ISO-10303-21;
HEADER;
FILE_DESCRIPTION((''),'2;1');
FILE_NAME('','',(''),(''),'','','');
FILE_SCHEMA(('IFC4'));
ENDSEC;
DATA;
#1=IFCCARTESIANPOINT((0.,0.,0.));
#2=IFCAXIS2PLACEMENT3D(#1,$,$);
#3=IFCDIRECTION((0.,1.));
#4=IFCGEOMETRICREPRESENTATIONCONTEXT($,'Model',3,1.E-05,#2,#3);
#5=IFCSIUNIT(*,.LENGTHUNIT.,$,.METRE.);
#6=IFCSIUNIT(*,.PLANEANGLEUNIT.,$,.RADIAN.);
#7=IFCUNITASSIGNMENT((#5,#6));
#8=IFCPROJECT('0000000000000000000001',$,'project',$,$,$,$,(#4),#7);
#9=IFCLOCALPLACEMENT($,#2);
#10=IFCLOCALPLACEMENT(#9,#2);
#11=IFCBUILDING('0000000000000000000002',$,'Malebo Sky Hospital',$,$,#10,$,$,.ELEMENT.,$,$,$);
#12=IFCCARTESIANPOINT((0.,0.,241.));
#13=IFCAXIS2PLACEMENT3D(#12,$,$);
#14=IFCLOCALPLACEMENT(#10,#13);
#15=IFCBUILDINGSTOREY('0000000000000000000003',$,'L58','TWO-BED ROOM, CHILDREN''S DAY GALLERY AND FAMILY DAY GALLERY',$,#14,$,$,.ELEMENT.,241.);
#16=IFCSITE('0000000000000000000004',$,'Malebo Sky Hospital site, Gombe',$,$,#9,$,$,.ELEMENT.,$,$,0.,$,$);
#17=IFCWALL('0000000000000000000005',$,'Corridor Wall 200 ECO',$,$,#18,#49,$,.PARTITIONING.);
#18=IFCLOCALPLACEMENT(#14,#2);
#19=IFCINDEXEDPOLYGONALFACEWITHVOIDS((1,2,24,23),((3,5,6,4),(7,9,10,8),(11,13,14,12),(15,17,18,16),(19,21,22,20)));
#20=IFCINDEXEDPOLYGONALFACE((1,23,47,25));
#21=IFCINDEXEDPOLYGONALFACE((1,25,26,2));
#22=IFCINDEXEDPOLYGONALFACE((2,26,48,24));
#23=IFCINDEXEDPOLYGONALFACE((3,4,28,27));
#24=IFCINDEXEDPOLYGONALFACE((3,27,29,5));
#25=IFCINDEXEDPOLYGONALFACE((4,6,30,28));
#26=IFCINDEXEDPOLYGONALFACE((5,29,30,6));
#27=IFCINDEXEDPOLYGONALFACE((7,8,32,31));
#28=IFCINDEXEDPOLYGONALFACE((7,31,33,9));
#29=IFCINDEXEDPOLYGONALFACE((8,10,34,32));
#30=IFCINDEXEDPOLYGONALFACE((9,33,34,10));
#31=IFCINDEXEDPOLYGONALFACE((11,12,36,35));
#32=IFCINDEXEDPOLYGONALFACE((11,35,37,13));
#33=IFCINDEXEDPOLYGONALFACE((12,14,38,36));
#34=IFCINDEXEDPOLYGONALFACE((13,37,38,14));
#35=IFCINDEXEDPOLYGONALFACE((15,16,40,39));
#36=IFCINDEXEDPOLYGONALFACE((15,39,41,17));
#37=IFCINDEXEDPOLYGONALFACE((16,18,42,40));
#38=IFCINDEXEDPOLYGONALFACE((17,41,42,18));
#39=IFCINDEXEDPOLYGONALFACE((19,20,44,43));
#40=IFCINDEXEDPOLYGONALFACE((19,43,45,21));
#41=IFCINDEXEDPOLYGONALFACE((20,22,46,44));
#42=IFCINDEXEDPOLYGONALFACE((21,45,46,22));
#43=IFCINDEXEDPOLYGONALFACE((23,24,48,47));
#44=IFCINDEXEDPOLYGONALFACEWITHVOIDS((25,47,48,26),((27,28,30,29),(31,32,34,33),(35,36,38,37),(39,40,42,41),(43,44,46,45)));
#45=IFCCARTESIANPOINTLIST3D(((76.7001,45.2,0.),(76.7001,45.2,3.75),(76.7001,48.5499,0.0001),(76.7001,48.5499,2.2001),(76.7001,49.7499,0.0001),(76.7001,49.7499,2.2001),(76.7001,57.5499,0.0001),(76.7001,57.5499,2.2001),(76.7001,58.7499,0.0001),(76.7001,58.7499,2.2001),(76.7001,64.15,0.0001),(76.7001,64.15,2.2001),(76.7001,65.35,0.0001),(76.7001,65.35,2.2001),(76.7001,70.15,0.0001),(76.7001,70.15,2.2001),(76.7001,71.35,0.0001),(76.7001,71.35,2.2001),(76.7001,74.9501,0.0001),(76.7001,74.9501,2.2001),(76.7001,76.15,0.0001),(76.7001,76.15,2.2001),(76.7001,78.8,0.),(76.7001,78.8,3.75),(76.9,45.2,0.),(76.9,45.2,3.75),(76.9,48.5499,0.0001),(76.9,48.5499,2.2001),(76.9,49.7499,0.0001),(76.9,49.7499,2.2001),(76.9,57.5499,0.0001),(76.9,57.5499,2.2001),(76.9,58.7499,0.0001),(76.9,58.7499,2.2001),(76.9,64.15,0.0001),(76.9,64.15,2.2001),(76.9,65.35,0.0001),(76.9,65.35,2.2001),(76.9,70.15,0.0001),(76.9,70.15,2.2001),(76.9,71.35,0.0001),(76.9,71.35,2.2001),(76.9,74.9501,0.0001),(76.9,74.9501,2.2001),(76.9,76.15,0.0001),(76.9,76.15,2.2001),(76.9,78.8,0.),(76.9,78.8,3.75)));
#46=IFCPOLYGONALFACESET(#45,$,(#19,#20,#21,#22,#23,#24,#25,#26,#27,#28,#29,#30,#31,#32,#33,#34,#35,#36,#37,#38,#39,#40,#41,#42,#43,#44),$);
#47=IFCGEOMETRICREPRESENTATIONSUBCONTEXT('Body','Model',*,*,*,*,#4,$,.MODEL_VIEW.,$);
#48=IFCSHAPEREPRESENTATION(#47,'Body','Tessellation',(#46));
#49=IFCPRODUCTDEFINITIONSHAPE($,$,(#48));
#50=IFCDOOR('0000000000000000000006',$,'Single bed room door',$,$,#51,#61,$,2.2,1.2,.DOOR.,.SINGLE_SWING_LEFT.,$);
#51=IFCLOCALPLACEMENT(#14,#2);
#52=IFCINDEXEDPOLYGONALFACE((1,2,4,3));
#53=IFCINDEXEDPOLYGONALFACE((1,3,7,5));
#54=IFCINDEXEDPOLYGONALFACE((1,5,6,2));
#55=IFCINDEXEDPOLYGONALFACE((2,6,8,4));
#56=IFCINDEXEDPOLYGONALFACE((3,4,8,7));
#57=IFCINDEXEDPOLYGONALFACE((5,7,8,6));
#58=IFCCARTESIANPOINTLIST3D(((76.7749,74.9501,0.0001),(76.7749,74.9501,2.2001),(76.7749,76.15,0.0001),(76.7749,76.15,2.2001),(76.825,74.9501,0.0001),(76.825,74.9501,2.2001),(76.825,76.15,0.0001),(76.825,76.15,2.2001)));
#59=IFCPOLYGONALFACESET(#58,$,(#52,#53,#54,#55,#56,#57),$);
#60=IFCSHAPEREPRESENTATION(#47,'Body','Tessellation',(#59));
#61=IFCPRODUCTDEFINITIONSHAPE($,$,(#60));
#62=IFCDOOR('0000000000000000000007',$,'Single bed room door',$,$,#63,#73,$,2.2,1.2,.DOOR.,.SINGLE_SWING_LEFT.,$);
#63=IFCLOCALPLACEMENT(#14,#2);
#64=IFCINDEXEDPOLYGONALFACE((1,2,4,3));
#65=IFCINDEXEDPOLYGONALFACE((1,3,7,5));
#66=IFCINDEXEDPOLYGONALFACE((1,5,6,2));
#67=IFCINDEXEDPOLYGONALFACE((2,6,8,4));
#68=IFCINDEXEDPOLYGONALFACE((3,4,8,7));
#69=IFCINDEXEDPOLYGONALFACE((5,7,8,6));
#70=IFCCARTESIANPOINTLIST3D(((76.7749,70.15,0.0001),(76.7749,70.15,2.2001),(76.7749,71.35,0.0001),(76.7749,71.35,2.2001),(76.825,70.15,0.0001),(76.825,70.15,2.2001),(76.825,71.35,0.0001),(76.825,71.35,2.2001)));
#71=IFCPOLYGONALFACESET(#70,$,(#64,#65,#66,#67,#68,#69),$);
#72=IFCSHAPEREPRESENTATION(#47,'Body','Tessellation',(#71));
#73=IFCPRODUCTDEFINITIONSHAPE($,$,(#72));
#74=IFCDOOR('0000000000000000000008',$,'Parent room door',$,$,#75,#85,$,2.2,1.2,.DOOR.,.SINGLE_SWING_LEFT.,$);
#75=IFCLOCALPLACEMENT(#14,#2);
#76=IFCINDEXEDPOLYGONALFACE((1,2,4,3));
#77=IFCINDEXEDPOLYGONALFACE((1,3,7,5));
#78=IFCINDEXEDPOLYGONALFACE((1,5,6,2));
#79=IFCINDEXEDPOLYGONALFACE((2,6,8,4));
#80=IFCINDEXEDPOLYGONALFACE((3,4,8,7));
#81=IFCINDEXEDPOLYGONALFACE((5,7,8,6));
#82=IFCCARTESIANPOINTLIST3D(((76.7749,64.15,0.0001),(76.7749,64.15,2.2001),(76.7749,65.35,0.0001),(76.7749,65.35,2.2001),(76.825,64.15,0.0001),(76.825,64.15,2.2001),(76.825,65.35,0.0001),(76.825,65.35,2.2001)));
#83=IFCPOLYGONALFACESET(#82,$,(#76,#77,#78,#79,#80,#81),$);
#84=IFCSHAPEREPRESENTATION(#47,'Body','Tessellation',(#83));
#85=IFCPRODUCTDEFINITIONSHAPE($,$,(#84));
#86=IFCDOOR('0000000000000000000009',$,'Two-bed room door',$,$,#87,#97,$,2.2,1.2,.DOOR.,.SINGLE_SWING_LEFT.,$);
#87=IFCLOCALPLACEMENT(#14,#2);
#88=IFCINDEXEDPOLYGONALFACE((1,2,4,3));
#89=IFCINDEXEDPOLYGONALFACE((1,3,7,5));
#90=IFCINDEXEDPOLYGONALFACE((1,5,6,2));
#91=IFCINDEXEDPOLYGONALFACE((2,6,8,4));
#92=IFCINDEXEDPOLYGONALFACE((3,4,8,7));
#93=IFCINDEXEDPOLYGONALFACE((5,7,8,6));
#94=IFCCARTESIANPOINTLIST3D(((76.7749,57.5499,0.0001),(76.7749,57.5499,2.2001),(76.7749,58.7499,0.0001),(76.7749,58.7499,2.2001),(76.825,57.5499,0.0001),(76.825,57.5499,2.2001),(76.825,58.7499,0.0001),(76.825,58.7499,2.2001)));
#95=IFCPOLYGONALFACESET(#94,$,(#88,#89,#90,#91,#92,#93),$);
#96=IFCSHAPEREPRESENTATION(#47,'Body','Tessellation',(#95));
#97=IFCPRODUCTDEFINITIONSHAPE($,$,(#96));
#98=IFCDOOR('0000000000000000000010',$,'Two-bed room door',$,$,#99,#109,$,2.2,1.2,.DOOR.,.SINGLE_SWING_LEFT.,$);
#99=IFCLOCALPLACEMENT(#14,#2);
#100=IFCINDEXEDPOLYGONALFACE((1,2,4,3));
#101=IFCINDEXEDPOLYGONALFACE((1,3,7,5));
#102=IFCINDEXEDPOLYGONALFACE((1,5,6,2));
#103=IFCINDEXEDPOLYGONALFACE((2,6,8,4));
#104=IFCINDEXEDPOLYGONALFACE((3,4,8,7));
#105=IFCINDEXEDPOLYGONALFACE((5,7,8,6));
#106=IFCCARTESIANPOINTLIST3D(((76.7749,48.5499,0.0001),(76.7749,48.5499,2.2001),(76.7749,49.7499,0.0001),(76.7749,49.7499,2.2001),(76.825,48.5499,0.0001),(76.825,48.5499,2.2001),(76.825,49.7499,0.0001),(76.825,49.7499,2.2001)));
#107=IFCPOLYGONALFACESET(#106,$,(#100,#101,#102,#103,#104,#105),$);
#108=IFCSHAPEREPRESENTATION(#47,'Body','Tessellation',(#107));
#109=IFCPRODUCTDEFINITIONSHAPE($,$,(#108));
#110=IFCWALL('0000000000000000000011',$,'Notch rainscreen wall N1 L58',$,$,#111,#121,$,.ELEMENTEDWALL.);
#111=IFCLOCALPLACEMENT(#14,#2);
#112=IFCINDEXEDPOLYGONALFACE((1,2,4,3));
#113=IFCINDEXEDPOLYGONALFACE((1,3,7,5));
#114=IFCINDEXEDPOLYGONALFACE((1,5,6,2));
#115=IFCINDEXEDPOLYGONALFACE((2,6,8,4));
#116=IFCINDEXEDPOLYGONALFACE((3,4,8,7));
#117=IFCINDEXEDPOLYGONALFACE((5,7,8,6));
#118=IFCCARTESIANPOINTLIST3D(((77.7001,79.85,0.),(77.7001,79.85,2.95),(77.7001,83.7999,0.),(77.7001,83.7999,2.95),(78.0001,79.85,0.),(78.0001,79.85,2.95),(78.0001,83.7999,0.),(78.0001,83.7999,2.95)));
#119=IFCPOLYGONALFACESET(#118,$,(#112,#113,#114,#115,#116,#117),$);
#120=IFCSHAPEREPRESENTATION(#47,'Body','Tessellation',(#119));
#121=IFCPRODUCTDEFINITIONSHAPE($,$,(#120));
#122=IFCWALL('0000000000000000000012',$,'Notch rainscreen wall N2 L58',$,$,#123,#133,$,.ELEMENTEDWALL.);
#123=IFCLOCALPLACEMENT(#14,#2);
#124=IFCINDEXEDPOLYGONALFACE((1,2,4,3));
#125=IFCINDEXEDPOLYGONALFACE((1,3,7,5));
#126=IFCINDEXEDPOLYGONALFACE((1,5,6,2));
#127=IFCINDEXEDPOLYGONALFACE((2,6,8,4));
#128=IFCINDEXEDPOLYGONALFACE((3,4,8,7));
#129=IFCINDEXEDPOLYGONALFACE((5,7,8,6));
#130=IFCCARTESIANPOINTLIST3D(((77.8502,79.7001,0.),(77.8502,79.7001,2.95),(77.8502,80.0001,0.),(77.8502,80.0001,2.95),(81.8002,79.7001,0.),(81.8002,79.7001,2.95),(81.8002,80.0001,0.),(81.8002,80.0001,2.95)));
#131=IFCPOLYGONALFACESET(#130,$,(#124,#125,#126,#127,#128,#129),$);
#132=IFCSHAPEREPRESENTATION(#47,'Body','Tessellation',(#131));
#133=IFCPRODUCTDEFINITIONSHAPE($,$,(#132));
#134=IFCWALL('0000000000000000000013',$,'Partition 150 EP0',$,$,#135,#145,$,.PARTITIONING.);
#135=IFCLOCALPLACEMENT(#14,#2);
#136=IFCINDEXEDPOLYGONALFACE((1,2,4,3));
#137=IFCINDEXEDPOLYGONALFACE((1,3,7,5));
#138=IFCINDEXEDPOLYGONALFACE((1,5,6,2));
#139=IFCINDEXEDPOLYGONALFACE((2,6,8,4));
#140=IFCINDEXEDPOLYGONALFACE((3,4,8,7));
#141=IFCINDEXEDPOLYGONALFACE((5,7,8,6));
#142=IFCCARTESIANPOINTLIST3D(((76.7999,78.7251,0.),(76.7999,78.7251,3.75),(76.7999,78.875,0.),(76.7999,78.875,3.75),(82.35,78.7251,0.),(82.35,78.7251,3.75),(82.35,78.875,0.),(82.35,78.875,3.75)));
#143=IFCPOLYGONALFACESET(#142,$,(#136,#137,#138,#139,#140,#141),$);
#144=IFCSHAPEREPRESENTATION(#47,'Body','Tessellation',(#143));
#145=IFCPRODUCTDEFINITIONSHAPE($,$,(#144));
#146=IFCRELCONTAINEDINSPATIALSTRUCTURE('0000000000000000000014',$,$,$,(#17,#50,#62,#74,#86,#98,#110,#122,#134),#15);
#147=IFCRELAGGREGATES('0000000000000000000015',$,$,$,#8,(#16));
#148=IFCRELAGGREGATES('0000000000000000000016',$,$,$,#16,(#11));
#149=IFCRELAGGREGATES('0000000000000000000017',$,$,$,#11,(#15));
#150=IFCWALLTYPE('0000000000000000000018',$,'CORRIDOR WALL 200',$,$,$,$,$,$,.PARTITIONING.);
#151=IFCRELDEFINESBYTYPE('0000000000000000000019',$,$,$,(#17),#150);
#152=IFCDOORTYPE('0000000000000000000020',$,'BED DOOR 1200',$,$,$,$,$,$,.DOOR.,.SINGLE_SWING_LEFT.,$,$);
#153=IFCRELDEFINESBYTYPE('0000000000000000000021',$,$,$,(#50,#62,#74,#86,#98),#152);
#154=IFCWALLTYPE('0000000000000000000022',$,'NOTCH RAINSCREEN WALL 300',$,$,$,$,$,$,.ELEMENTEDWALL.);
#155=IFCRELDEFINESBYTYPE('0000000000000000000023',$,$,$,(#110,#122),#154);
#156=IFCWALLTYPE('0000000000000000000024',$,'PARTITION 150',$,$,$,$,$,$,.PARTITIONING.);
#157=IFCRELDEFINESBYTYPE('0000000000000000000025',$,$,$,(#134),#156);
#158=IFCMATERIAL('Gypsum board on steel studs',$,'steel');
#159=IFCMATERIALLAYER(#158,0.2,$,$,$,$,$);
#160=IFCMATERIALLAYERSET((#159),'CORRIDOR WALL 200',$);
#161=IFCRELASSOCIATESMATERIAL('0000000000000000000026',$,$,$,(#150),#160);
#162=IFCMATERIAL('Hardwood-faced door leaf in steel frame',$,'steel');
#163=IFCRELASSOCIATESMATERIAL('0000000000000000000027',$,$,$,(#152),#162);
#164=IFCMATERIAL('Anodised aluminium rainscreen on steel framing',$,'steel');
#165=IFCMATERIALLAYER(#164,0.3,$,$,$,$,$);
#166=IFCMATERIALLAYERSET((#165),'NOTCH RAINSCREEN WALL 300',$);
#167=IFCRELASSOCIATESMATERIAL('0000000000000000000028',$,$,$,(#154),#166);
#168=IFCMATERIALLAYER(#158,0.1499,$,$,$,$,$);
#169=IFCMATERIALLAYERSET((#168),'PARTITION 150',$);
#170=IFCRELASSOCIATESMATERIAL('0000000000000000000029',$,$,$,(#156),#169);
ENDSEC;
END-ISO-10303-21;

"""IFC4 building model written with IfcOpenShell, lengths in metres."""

from ifc_helpers import new_model, si_unit, direction, frame, frame_2d, origin, place, context, subcontext, project, spatial, rectangle, extrude, material, layer, layer_set, type_object, element, fill, save


model = new_model("IFC4")

# Units and contexts
model_context = context("Model", 3, precision=1e-05, world=origin(), true_north=direction((0.0, 1.0)))
body_context = subcontext(model_context, "Body", "Model", "MODEL_VIEW")
ifc_project = project(units=[si_unit("LENGTHUNIT", "METRE"), si_unit("PLANEANGLEUNIT", "RADIAN")], contexts=[model_context])

# Site, building, storey
site_placement = place(None, origin())
site = spatial("IfcSite", under=ifc_project, at=site_placement, Name="Malebo Sky Hospital site, Gombe", CompositionType="ELEMENT", RefElevation=0.0)
building_placement = place(site_placement, origin())
building = spatial("IfcBuilding", under=site, at=building_placement, Name="Malebo Sky Hospital", CompositionType="ELEMENT")
storey_placement = place(building_placement, frame((0.0, 0.0, 241.0)))
storey = spatial("IfcBuildingStorey", under=building, at=storey_placement, Name="L58", Description="TWO-BED ROOM, CHILDREN'S DAY GALLERY AND FAMILY DAY GALLERY", CompositionType="ELEMENT", Elevation=241.0)

# Wall, openings, doors
ifc_material_1 = material(Name="Gypsum board on steel studs", Category="steel")
ifc_layer_1 = layer(ifc_material_1, 0.2)
ifc_layer_set_1 = layer_set([ifc_layer_1], Name="CORRIDOR WALL 200")
wall_type_1 = type_object("IfcWallType", Name="CORRIDOR WALL 200", PredefinedType="PARTITIONING", material=ifc_layer_set_1)
wall_1_placement = place(storey_placement, frame((76.8, 78.8, 0.0), z_axis=(0.0, 0.0, 1.0), x_axis=(0.0, -1.0, 0.0)))
wall_1 = element("IfcWall", 1, at=wall_1_placement, inside=storey, type_object=wall_type_1, Name="Corridor Wall 200 ECO", PredefinedType="PARTITIONING", context=body_context, shape_type="SweptSolid", body=[
    extrude(rectangle(XDim=33.6001, YDim=0.2, at=frame_2d((16.8, 0.0))), origin(), (0.0, 0.0, 1.0), 3.75),
])
opening_1_placement = place(wall_1_placement, frame((2.6499, 0.0, 0.0)))
opening_1 = element("IfcOpeningElement", 2, at=opening_1_placement, cuts=wall_1, PredefinedType="OPENING", context=body_context, shape_type="SweptSolid", body=[
    extrude(rectangle(XDim=1.2, YDim=2.2, at=frame_2d((0.6001, 1.1001))), frame((0.0, 0.1099, 0.0), z_axis=(0.0, -1.0, 0.0), x_axis=(1.0, 0.0, 0.0)), (0.0, 0.0, 1.0), 0.22),
])
opening_2_placement = place(wall_1_placement, frame((7.45, 0.0, 0.0)))
opening_2 = element("IfcOpeningElement", 3, at=opening_2_placement, cuts=wall_1, PredefinedType="OPENING", context=body_context, shape_type="SweptSolid", body=[
    extrude(rectangle(XDim=1.2, YDim=2.2, at=frame_2d((0.6001, 1.1001))), frame((0.0, 0.1099, 0.0), z_axis=(0.0, -1.0, 0.0), x_axis=(1.0, 0.0, 0.0)), (0.0, 0.0, 1.0), 0.22),
])
opening_3_placement = place(wall_1_placement, frame((13.45, 0.0, 0.0)))
opening_3 = element("IfcOpeningElement", 4, at=opening_3_placement, cuts=wall_1, PredefinedType="OPENING", context=body_context, shape_type="SweptSolid", body=[
    extrude(rectangle(XDim=1.2, YDim=2.2, at=frame_2d((0.6001, 1.1001))), frame((0.0, 0.1099, 0.0), z_axis=(0.0, -1.0, 0.0), x_axis=(1.0, 0.0, 0.0)), (0.0, 0.0, 1.0), 0.22),
])
opening_4_placement = place(wall_1_placement, frame((20.05, 0.0, 0.0)))
opening_4 = element("IfcOpeningElement", 5, at=opening_4_placement, cuts=wall_1, PredefinedType="OPENING", context=body_context, shape_type="SweptSolid", body=[
    extrude(rectangle(XDim=1.2, YDim=2.2, at=frame_2d((0.6001, 1.1001))), frame((0.0, 0.1099, 0.0), z_axis=(0.0, -1.0, 0.0), x_axis=(1.0, 0.0, 0.0)), (0.0, 0.0, 1.0), 0.22),
])
opening_5_placement = place(wall_1_placement, frame((29.05, 0.0, 0.0)))
opening_5 = element("IfcOpeningElement", 6, at=opening_5_placement, cuts=wall_1, PredefinedType="OPENING", context=body_context, shape_type="SweptSolid", body=[
    extrude(rectangle(XDim=1.2, YDim=2.2, at=frame_2d((0.6001, 1.1001))), frame((0.0, 0.1099, 0.0), z_axis=(0.0, -1.0, 0.0), x_axis=(1.0, 0.0, 0.0)), (0.0, 0.0, 1.0), 0.22),
])
ifc_material_2 = material(Name="Hardwood-faced door leaf in steel frame", Category="steel")
door_type_1 = type_object("IfcDoorType", Name="BED DOOR 1200", OperationType="SINGLE_SWING_LEFT", PredefinedType="DOOR", material=ifc_material_2)
door_1_placement = place(opening_1_placement, origin())
door_1 = element("IfcDoor", 7, at=door_1_placement, inside=storey, type_object=door_type_1, Name="Single bed room door", OperationType="SINGLE_SWING_LEFT", OverallHeight=2.2, OverallWidth=1.2, PredefinedType="DOOR", context=body_context, shape_type="SweptSolid", body=[
    extrude(rectangle(XDim=1.2, YDim=2.2, at=frame_2d((0.6001, 1.1001))), frame((0.0, 0.0249, 0.0), z_axis=(0.0, -1.0, 0.0), x_axis=(1.0, 0.0, 0.0)), (0.0, 0.0, 1.0), 0.05),
])
fill(opening_1, door_1)
door_2_placement = place(opening_2_placement, origin())
door_2 = element("IfcDoor", 8, at=door_2_placement, inside=storey, type_object=door_type_1, Name="Single bed room door", OperationType="SINGLE_SWING_LEFT", OverallHeight=2.2, OverallWidth=1.2, PredefinedType="DOOR", context=body_context, shape_type="SweptSolid", body=[
    extrude(rectangle(XDim=1.2, YDim=2.2, at=frame_2d((0.6001, 1.1001))), frame((0.0, 0.0249, 0.0), z_axis=(0.0, -1.0, 0.0), x_axis=(1.0, 0.0, 0.0)), (0.0, 0.0, 1.0), 0.05),
])
fill(opening_2, door_2)
door_3_placement = place(opening_3_placement, origin())
door_3 = element("IfcDoor", 9, at=door_3_placement, inside=storey, type_object=door_type_1, Name="Parent room door", OperationType="SINGLE_SWING_LEFT", OverallHeight=2.2, OverallWidth=1.2, PredefinedType="DOOR", context=body_context, shape_type="SweptSolid", body=[
    extrude(rectangle(XDim=1.2, YDim=2.2, at=frame_2d((0.6001, 1.1001))), frame((0.0, 0.0249, 0.0), z_axis=(0.0, -1.0, 0.0), x_axis=(1.0, 0.0, 0.0)), (0.0, 0.0, 1.0), 0.05),
])
fill(opening_3, door_3)
door_4_placement = place(opening_4_placement, origin())
door_4 = element("IfcDoor", 10, at=door_4_placement, inside=storey, type_object=door_type_1, Name="Two-bed room door", OperationType="SINGLE_SWING_LEFT", OverallHeight=2.2, OverallWidth=1.2, PredefinedType="DOOR", context=body_context, shape_type="SweptSolid", body=[
    extrude(rectangle(XDim=1.2, YDim=2.2, at=frame_2d((0.6001, 1.1001))), frame((0.0, 0.0249, 0.0), z_axis=(0.0, -1.0, 0.0), x_axis=(1.0, 0.0, 0.0)), (0.0, 0.0, 1.0), 0.05),
])
fill(opening_4, door_4)
door_5_placement = place(opening_5_placement, origin())
door_5 = element("IfcDoor", 11, at=door_5_placement, inside=storey, type_object=door_type_1, Name="Two-bed room door", OperationType="SINGLE_SWING_LEFT", OverallHeight=2.2, OverallWidth=1.2, PredefinedType="DOOR", context=body_context, shape_type="SweptSolid", body=[
    extrude(rectangle(XDim=1.2, YDim=2.2, at=frame_2d((0.6001, 1.1001))), frame((0.0, 0.0249, 0.0), z_axis=(0.0, -1.0, 0.0), x_axis=(1.0, 0.0, 0.0)), (0.0, 0.0, 1.0), 0.05),
])
fill(opening_5, door_5)

# Walls
ifc_material_3 = material(Name="Anodised aluminium rainscreen on steel framing", Category="steel")
ifc_layer_2 = layer(ifc_material_3, 0.3)
ifc_layer_set_2 = layer_set([ifc_layer_2], Name="NOTCH RAINSCREEN WALL 300")
wall_type_2 = type_object("IfcWallType", Name="NOTCH RAINSCREEN WALL 300", PredefinedType="ELEMENTEDWALL", material=ifc_layer_set_2)
for number, where, z_axis, x_axis, name in (
    (12, (77.8501, 83.8, 0.0), (0.0, 0.0, 1.0), (0.0, -1.0, 0.0), "Notch rainscreen wall N1 L58"),
    (13, (77.8501, 79.8501, 0.0), (0.0, 0.0, 1.0), (1.0, 0.0, 0.0), "Notch rainscreen wall N2 L58"),
):
    element("IfcWall", number, at=place(storey_placement, frame(where, z_axis=z_axis, x_axis=x_axis)), inside=storey, type_object=wall_type_2, Name=name, PredefinedType="ELEMENTEDWALL", context=body_context, shape_type="SweptSolid", body=[
        extrude(rectangle(XDim=3.95, YDim=0.3, at=frame_2d((1.9751, 0.0))), origin(), (0.0, 0.0, 1.0), 2.95),
    ])
ifc_layer_3 = layer(ifc_material_1, 0.1499)
ifc_layer_set_3 = layer_set([ifc_layer_3], Name="PARTITION 150")
wall_type_3 = type_object("IfcWallType", Name="PARTITION 150", PredefinedType="PARTITIONING", material=ifc_layer_set_3)
wall_2_placement = place(storey_placement, frame((76.8, 78.8, 0.0), z_axis=(0.0, 0.0, 1.0), x_axis=(1.0, 0.0, 0.0)))
element("IfcWall", 14, at=wall_2_placement, inside=storey, type_object=wall_type_3, Name="Partition 150 EP0", PredefinedType="PARTITIONING", context=body_context, shape_type="SweptSolid", body=[
    extrude(rectangle(XDim=5.55, YDim=0.1499, at=frame_2d((2.7749, 0.0))), origin(), (0.0, 0.0, 1.0), 3.75),
])

save(model, "model.ifc")
